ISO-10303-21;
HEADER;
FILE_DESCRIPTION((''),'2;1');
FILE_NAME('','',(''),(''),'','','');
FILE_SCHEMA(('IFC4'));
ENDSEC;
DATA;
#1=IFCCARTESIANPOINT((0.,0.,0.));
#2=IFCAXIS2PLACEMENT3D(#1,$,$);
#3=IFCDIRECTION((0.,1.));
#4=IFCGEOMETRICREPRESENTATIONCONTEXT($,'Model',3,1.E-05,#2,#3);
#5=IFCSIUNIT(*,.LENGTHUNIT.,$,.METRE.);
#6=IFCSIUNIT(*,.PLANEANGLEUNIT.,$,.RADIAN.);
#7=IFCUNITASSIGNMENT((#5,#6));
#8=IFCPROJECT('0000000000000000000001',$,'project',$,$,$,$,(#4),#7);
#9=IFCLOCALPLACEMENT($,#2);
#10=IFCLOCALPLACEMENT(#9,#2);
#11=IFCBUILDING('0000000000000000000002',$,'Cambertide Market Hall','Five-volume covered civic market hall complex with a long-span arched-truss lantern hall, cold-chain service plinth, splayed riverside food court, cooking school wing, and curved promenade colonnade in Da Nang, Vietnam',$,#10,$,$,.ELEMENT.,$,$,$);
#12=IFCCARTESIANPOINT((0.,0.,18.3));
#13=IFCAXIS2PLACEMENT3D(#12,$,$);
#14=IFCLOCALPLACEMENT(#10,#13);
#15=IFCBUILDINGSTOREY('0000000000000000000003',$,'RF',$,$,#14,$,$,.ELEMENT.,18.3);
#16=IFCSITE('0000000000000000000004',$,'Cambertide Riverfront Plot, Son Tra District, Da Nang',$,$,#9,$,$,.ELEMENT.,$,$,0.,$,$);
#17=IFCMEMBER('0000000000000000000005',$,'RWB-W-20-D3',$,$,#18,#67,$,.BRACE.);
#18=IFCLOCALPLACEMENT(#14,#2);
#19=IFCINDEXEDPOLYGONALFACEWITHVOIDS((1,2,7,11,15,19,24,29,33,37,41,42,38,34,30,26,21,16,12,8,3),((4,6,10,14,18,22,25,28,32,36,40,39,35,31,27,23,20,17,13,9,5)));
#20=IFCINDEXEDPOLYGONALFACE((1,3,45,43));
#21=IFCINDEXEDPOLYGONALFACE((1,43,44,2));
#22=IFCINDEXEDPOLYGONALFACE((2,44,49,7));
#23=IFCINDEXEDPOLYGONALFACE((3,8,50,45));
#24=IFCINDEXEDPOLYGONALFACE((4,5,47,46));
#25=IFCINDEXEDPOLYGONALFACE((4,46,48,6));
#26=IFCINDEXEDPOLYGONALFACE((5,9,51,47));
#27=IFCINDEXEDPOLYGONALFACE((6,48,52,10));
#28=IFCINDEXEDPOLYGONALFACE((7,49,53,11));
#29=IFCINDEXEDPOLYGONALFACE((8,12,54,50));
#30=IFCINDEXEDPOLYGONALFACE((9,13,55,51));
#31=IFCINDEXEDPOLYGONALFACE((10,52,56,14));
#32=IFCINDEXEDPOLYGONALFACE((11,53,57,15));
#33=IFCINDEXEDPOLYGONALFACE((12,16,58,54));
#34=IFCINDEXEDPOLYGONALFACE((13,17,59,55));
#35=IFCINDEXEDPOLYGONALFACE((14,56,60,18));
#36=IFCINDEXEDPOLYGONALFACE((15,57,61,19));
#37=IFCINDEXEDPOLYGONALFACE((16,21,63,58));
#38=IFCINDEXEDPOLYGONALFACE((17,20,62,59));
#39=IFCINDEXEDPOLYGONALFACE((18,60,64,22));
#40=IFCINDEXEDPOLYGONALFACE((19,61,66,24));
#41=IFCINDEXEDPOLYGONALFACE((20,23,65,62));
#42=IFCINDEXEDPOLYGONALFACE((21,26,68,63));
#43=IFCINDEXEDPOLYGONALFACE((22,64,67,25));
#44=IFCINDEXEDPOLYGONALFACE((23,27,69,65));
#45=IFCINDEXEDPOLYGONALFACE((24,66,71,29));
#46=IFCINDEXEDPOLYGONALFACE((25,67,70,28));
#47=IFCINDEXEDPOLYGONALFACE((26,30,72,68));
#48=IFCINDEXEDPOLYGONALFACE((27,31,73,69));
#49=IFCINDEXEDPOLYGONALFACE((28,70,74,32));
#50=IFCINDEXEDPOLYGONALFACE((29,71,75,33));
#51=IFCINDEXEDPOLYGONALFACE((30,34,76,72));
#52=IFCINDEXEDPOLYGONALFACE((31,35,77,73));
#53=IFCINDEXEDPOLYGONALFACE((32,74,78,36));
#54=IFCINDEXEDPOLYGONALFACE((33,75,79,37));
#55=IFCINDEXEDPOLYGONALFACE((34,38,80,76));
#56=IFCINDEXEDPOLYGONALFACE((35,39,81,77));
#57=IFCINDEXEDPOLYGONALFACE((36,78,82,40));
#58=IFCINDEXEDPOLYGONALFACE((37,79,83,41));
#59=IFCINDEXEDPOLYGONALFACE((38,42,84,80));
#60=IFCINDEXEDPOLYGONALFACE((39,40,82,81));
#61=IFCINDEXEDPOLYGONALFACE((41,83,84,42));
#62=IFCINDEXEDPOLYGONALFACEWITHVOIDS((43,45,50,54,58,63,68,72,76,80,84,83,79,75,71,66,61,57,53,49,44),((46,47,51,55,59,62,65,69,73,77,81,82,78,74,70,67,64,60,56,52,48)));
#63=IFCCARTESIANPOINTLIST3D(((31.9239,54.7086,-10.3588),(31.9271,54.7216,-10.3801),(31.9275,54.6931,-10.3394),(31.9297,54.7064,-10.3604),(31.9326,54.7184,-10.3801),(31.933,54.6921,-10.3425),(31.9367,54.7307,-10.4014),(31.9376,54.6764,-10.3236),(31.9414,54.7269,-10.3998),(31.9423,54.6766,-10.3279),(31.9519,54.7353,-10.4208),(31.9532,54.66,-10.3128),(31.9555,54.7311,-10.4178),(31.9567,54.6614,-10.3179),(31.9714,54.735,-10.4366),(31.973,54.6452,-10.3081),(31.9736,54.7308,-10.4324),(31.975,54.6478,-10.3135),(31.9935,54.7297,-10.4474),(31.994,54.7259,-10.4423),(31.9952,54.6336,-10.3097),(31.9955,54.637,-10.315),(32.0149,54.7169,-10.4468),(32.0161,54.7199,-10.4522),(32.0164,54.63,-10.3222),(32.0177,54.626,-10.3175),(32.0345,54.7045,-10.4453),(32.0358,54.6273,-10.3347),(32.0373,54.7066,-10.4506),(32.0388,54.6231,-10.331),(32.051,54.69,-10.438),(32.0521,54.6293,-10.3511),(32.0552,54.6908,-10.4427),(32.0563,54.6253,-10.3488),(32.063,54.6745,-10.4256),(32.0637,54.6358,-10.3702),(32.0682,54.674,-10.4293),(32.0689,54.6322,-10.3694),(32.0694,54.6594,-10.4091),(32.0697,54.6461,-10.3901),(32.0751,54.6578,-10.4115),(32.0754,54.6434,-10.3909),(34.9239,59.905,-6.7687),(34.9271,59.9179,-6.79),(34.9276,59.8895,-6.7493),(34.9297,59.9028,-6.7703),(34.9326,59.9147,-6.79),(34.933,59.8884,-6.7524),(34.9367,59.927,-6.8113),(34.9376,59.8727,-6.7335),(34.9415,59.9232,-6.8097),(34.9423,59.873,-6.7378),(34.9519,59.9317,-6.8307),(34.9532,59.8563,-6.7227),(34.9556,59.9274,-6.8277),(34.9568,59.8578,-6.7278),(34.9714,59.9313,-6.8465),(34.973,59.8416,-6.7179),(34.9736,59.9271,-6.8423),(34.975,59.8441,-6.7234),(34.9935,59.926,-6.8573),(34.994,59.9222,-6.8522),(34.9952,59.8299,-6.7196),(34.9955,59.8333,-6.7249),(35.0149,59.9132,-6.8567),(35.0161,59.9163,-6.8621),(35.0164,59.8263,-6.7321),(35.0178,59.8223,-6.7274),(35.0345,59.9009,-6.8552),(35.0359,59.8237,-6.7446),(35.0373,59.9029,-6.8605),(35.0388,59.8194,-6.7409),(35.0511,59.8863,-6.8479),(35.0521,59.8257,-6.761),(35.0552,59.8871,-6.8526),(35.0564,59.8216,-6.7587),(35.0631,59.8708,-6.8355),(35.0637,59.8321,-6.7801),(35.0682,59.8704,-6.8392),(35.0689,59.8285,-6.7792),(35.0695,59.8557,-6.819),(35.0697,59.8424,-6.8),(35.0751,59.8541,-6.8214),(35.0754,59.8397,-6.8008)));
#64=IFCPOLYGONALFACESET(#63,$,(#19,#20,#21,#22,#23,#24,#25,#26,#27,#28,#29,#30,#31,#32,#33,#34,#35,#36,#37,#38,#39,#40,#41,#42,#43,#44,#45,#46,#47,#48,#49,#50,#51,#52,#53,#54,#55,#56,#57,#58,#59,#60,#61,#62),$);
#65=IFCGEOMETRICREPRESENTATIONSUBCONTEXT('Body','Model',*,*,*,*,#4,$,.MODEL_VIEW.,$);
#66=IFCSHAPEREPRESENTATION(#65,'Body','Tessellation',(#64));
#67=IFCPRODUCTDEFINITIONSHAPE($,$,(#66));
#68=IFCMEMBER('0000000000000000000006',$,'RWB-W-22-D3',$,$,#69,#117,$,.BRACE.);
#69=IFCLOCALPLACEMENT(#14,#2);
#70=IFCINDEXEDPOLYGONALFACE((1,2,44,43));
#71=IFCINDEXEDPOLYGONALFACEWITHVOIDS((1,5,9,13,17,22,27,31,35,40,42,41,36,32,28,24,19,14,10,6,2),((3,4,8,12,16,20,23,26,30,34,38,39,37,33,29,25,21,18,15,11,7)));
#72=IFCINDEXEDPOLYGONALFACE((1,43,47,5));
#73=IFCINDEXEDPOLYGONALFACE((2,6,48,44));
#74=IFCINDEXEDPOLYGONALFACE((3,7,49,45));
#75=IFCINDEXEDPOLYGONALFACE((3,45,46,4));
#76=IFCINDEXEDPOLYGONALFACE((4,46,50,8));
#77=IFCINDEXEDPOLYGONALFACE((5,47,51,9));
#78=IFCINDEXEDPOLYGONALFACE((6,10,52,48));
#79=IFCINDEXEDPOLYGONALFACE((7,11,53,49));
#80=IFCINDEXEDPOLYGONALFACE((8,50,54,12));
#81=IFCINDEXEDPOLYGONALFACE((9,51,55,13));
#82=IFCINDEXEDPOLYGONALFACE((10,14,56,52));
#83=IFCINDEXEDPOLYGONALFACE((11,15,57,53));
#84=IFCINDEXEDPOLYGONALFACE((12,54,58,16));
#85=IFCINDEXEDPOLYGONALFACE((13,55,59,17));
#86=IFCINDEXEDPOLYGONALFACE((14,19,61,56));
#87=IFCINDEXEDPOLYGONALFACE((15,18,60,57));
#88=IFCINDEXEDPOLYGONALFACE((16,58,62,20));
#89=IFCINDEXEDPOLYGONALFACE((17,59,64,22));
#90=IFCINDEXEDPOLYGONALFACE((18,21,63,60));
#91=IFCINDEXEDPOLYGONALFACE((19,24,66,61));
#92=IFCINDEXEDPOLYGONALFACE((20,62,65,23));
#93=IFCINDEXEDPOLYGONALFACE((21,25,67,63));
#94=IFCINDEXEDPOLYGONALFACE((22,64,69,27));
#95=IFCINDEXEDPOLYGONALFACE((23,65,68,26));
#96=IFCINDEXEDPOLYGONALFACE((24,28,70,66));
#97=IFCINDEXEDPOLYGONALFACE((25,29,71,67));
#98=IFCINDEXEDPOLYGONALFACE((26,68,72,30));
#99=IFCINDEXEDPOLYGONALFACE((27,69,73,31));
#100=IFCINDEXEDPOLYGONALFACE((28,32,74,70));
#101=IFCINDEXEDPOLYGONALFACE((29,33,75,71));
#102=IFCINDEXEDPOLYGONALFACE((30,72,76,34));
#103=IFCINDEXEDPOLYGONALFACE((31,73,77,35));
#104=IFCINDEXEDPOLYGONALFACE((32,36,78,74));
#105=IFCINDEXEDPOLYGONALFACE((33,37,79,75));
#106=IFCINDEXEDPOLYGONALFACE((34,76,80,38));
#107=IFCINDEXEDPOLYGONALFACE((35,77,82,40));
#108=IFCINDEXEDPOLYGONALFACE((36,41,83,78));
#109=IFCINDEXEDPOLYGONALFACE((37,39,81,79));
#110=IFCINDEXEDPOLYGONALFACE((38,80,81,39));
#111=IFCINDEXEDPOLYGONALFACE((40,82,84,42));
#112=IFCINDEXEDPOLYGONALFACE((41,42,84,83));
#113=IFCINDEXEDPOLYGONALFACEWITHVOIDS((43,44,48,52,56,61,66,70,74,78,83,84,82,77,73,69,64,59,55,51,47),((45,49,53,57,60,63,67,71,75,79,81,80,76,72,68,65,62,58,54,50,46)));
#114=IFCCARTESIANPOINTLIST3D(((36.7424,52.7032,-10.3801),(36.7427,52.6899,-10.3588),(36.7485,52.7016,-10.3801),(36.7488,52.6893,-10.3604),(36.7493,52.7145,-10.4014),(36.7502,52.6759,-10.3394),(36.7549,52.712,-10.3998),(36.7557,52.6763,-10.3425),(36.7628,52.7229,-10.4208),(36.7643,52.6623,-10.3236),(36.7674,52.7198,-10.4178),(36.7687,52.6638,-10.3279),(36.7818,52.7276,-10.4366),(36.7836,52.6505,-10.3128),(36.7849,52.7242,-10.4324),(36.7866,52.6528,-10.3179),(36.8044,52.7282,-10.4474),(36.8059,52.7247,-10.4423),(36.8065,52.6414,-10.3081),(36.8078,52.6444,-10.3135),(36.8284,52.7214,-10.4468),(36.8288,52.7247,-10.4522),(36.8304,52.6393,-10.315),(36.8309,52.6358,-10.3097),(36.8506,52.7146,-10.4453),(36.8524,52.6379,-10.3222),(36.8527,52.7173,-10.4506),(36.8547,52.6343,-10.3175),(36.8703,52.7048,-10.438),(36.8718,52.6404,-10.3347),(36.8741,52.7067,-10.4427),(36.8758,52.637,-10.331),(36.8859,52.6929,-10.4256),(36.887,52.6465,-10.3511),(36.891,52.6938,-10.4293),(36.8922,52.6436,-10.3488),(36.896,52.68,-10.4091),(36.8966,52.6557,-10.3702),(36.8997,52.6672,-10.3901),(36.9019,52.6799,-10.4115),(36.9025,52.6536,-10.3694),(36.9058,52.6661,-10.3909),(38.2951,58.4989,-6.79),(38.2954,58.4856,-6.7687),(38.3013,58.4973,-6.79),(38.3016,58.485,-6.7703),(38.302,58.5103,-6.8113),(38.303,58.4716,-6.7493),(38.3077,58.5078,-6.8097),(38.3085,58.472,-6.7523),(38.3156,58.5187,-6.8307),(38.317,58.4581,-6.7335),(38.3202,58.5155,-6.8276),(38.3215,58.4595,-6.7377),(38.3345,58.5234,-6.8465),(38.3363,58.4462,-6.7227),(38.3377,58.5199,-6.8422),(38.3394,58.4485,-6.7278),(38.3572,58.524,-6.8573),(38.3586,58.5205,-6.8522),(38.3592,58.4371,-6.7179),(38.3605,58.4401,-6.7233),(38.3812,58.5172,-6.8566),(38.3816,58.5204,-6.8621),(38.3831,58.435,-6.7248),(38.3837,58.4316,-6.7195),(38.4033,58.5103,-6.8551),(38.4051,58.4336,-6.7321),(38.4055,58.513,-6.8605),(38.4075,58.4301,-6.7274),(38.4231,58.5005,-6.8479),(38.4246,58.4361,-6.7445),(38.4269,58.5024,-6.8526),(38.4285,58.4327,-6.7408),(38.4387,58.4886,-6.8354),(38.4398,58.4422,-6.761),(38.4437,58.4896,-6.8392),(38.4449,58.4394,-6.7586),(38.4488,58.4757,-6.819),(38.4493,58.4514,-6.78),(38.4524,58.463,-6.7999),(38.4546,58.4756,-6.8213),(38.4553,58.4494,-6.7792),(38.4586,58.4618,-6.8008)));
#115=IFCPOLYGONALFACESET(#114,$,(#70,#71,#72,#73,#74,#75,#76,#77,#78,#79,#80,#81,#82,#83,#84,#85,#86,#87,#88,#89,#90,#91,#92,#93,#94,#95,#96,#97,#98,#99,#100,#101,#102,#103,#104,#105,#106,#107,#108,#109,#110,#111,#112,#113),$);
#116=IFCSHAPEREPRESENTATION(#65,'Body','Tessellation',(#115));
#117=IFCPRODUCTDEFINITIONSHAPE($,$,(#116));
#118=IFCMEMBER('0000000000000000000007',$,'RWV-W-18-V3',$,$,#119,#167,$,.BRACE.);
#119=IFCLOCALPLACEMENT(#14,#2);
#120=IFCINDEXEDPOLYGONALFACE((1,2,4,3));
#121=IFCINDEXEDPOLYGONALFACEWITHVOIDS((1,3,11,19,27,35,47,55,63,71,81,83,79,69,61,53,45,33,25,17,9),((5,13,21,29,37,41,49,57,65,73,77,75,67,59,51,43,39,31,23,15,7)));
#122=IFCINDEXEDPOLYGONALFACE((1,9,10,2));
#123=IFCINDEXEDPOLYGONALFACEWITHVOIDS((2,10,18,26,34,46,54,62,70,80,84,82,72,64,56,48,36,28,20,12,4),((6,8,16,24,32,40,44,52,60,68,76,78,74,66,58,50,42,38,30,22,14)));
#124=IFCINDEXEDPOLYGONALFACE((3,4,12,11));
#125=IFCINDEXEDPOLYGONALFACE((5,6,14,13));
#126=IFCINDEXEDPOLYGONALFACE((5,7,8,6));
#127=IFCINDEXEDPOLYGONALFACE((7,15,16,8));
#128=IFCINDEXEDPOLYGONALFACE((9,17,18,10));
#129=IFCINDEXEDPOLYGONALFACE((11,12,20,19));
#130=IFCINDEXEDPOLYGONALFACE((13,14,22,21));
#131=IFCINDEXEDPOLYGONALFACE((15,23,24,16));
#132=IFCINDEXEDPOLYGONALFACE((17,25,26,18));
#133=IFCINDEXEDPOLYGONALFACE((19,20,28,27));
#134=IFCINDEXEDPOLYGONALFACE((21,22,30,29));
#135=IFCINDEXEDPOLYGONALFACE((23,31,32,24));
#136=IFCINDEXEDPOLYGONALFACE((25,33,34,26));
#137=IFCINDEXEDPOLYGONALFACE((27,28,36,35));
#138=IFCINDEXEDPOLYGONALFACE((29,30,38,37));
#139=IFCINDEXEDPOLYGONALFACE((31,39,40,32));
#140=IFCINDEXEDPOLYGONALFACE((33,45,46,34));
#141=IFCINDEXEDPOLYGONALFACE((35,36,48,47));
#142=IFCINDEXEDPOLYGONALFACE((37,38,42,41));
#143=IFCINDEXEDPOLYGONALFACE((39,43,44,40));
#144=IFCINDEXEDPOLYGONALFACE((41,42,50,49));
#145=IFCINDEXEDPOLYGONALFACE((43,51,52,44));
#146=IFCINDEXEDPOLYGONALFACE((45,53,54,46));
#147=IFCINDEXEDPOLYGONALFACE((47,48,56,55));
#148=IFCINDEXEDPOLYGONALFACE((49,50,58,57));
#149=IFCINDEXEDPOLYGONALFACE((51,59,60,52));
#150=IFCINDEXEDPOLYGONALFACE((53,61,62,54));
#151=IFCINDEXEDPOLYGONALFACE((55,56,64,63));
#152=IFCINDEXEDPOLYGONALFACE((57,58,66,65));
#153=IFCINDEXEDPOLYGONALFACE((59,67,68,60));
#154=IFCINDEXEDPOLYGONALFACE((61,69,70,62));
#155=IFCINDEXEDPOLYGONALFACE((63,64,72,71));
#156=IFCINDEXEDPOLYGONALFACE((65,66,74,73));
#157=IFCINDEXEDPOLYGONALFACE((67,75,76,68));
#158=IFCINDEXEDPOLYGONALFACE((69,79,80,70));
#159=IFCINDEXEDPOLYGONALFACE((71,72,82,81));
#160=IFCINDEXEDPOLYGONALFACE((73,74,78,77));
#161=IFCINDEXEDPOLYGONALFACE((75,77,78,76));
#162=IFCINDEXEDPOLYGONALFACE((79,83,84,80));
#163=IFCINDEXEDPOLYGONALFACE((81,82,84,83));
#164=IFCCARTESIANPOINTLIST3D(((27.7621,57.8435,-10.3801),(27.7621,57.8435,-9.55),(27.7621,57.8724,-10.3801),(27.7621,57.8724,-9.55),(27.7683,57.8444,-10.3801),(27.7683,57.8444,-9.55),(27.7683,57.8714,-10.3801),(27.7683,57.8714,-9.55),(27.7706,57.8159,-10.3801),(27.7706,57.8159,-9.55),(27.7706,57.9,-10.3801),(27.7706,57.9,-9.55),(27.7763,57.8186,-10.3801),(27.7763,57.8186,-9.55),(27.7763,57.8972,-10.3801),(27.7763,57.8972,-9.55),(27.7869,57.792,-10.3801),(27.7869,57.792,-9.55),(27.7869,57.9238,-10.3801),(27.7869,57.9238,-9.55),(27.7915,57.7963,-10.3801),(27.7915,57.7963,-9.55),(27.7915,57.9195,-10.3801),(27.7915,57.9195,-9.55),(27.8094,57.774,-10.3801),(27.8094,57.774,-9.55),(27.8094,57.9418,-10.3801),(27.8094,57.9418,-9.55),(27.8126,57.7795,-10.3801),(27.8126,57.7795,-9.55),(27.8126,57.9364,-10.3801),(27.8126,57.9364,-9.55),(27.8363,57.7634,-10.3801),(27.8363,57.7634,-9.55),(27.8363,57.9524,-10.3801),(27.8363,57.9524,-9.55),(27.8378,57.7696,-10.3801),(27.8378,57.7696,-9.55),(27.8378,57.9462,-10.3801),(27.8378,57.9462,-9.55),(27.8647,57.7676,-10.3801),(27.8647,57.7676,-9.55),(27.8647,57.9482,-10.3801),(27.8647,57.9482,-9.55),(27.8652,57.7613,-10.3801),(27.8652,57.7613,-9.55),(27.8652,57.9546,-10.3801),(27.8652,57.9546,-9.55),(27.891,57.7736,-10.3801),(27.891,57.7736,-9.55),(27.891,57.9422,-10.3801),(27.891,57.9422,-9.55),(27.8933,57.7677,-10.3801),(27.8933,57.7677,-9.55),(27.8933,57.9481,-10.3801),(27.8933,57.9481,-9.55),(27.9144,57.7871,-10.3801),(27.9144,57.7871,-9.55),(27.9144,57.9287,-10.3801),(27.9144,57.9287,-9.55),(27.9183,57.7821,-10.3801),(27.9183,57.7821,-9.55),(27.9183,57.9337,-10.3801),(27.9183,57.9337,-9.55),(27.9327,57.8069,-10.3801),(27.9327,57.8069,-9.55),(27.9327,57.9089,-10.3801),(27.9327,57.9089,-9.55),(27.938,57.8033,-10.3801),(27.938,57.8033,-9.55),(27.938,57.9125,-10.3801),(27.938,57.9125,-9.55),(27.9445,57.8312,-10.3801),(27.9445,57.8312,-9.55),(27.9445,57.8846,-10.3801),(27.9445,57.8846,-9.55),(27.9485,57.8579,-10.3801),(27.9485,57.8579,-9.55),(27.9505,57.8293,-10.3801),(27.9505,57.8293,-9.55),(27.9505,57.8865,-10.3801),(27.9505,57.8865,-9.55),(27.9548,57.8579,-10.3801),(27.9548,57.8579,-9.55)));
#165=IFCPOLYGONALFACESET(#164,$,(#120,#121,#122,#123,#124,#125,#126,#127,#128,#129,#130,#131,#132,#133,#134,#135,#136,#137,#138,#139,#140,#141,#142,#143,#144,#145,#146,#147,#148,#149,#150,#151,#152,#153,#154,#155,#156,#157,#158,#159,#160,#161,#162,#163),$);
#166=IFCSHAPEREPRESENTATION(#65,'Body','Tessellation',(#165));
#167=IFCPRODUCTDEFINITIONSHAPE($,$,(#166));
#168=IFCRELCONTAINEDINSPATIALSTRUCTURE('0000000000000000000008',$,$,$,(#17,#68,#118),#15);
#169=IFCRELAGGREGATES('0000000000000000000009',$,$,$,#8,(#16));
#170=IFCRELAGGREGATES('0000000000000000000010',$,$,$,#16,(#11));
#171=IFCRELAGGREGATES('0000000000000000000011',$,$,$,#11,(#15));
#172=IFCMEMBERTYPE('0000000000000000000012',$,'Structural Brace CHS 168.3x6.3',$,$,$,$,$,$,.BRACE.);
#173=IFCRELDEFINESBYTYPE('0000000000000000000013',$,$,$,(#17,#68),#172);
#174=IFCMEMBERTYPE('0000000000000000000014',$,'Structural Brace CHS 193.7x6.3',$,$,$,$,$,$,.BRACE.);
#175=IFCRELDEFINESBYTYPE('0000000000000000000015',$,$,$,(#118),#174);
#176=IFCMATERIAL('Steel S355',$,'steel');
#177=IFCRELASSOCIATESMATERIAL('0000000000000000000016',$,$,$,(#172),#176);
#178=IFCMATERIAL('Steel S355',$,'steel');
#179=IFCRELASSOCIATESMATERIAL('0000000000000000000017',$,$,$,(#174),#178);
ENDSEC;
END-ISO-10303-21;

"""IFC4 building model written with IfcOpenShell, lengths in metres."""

from ifc_helpers import new_model, si_unit, direction, frame, origin, origin_2d, place, context, subcontext, project, spatial, hollow_circle, extrude, material, material_profile, profile_set, type_object, element, save


model = new_model("IFC4")

# Units and contexts
model_context = context("Model", 3, precision=1e-05, world=origin(), true_north=direction((0.0, 1.0)))
body_context = subcontext(model_context, "Body", "Model", "MODEL_VIEW")
ifc_project = project(units=[si_unit("LENGTHUNIT", "METRE"), si_unit("PLANEANGLEUNIT", "RADIAN")], contexts=[model_context])

# Site, building, storey
site_placement = place(None, origin())
site = spatial("IfcSite", under=ifc_project, at=site_placement, Name="Cambertide Riverfront Plot, Son Tra District, Da Nang", CompositionType="ELEMENT", RefElevation=0.0)
building_placement = place(site_placement, origin())
building = spatial("IfcBuilding", under=site, at=building_placement, Name="Cambertide Market Hall", Description="Five-volume covered civic market hall complex with a long-span arched-truss lantern hall, cold-chain service plinth, splayed riverside food court, cooking school wing, and curved promenade colonnade in Da Nang, Vietnam", CompositionType="ELEMENT")
storey_placement = place(building_placement, frame((0.0, 0.0, 18.3)))
storey = spatial("IfcBuildingStorey", under=building, at=storey_placement, Name="RF", CompositionType="ELEMENT", Elevation=18.3)

# Members
ifc_material_1 = material(Name="Steel S355", Category="steel")
ifc_material_profile_1 = material_profile(ifc_material_1, hollow_circle(Radius=0.0842, WallThickness=0.0063, at=origin_2d()), Name="CHS 168.3x6.3")
ifc_profile_set_1 = profile_set([ifc_material_profile_1], Name="Steel S355")
member_type_1 = type_object("IfcMemberType", Name="Structural Brace CHS 168.3x6.3", PredefinedType="BRACE", material=ifc_profile_set_1)
for number, where, z_axis, x_axis, name in (
    (1, (32.0, 54.6794, -10.3801), (0.429053, 0.74316, 0.513446), (-0.866031, 0.49999, 0.0), "RWB-W-20-D3"),
    (2, (36.8237, 52.6814, -10.3801), (0.22207, 0.828887, 0.51345), (-0.965934, 0.258787, 0.0), "RWB-W-22-D3"),
):
    element("IfcMember", number, at=place(storey_placement, frame(where, z_axis=z_axis, x_axis=x_axis)), inside=storey, type_object=member_type_1, Name=name, PredefinedType="BRACE", context=body_context, shape_type="SweptSolid", body=[
        extrude(hollow_circle(Radius=0.0842, WallThickness=0.0063, at=origin_2d()), origin(), (0.0, 0.0, 1.0), 6.9922),
    ])
ifc_material_2 = material(Name="Steel S355", Category="steel")
ifc_material_profile_2 = material_profile(ifc_material_2, hollow_circle(Radius=0.0969, WallThickness=0.0063, at=origin_2d()), Name="CHS 193.7x6.3")
ifc_profile_set_2 = profile_set([ifc_material_profile_2], Name="Steel S355")
member_type_2 = type_object("IfcMemberType", Name="Structural Brace CHS 193.7x6.3", PredefinedType="BRACE", material=ifc_profile_set_2)
for number, where, z_axis, x_axis, name in (
    (3, (27.8579, 57.8579, -10.3801), (0.0, 0.0, 1.0), (1.0, 0.0, 0.0), "RWV-W-18-V3"),
):
    element("IfcMember", number, at=place(storey_placement, frame(where, z_axis=z_axis, x_axis=x_axis)), inside=storey, type_object=member_type_2, Name=name, PredefinedType="BRACE", context=body_context, shape_type="SweptSolid", body=[
        extrude(hollow_circle(Radius=0.0969, WallThickness=0.0063, at=origin_2d()), origin(), (0.0, 0.0, 1.0), 0.8301),
    ])

save(model, "model.ifc")
